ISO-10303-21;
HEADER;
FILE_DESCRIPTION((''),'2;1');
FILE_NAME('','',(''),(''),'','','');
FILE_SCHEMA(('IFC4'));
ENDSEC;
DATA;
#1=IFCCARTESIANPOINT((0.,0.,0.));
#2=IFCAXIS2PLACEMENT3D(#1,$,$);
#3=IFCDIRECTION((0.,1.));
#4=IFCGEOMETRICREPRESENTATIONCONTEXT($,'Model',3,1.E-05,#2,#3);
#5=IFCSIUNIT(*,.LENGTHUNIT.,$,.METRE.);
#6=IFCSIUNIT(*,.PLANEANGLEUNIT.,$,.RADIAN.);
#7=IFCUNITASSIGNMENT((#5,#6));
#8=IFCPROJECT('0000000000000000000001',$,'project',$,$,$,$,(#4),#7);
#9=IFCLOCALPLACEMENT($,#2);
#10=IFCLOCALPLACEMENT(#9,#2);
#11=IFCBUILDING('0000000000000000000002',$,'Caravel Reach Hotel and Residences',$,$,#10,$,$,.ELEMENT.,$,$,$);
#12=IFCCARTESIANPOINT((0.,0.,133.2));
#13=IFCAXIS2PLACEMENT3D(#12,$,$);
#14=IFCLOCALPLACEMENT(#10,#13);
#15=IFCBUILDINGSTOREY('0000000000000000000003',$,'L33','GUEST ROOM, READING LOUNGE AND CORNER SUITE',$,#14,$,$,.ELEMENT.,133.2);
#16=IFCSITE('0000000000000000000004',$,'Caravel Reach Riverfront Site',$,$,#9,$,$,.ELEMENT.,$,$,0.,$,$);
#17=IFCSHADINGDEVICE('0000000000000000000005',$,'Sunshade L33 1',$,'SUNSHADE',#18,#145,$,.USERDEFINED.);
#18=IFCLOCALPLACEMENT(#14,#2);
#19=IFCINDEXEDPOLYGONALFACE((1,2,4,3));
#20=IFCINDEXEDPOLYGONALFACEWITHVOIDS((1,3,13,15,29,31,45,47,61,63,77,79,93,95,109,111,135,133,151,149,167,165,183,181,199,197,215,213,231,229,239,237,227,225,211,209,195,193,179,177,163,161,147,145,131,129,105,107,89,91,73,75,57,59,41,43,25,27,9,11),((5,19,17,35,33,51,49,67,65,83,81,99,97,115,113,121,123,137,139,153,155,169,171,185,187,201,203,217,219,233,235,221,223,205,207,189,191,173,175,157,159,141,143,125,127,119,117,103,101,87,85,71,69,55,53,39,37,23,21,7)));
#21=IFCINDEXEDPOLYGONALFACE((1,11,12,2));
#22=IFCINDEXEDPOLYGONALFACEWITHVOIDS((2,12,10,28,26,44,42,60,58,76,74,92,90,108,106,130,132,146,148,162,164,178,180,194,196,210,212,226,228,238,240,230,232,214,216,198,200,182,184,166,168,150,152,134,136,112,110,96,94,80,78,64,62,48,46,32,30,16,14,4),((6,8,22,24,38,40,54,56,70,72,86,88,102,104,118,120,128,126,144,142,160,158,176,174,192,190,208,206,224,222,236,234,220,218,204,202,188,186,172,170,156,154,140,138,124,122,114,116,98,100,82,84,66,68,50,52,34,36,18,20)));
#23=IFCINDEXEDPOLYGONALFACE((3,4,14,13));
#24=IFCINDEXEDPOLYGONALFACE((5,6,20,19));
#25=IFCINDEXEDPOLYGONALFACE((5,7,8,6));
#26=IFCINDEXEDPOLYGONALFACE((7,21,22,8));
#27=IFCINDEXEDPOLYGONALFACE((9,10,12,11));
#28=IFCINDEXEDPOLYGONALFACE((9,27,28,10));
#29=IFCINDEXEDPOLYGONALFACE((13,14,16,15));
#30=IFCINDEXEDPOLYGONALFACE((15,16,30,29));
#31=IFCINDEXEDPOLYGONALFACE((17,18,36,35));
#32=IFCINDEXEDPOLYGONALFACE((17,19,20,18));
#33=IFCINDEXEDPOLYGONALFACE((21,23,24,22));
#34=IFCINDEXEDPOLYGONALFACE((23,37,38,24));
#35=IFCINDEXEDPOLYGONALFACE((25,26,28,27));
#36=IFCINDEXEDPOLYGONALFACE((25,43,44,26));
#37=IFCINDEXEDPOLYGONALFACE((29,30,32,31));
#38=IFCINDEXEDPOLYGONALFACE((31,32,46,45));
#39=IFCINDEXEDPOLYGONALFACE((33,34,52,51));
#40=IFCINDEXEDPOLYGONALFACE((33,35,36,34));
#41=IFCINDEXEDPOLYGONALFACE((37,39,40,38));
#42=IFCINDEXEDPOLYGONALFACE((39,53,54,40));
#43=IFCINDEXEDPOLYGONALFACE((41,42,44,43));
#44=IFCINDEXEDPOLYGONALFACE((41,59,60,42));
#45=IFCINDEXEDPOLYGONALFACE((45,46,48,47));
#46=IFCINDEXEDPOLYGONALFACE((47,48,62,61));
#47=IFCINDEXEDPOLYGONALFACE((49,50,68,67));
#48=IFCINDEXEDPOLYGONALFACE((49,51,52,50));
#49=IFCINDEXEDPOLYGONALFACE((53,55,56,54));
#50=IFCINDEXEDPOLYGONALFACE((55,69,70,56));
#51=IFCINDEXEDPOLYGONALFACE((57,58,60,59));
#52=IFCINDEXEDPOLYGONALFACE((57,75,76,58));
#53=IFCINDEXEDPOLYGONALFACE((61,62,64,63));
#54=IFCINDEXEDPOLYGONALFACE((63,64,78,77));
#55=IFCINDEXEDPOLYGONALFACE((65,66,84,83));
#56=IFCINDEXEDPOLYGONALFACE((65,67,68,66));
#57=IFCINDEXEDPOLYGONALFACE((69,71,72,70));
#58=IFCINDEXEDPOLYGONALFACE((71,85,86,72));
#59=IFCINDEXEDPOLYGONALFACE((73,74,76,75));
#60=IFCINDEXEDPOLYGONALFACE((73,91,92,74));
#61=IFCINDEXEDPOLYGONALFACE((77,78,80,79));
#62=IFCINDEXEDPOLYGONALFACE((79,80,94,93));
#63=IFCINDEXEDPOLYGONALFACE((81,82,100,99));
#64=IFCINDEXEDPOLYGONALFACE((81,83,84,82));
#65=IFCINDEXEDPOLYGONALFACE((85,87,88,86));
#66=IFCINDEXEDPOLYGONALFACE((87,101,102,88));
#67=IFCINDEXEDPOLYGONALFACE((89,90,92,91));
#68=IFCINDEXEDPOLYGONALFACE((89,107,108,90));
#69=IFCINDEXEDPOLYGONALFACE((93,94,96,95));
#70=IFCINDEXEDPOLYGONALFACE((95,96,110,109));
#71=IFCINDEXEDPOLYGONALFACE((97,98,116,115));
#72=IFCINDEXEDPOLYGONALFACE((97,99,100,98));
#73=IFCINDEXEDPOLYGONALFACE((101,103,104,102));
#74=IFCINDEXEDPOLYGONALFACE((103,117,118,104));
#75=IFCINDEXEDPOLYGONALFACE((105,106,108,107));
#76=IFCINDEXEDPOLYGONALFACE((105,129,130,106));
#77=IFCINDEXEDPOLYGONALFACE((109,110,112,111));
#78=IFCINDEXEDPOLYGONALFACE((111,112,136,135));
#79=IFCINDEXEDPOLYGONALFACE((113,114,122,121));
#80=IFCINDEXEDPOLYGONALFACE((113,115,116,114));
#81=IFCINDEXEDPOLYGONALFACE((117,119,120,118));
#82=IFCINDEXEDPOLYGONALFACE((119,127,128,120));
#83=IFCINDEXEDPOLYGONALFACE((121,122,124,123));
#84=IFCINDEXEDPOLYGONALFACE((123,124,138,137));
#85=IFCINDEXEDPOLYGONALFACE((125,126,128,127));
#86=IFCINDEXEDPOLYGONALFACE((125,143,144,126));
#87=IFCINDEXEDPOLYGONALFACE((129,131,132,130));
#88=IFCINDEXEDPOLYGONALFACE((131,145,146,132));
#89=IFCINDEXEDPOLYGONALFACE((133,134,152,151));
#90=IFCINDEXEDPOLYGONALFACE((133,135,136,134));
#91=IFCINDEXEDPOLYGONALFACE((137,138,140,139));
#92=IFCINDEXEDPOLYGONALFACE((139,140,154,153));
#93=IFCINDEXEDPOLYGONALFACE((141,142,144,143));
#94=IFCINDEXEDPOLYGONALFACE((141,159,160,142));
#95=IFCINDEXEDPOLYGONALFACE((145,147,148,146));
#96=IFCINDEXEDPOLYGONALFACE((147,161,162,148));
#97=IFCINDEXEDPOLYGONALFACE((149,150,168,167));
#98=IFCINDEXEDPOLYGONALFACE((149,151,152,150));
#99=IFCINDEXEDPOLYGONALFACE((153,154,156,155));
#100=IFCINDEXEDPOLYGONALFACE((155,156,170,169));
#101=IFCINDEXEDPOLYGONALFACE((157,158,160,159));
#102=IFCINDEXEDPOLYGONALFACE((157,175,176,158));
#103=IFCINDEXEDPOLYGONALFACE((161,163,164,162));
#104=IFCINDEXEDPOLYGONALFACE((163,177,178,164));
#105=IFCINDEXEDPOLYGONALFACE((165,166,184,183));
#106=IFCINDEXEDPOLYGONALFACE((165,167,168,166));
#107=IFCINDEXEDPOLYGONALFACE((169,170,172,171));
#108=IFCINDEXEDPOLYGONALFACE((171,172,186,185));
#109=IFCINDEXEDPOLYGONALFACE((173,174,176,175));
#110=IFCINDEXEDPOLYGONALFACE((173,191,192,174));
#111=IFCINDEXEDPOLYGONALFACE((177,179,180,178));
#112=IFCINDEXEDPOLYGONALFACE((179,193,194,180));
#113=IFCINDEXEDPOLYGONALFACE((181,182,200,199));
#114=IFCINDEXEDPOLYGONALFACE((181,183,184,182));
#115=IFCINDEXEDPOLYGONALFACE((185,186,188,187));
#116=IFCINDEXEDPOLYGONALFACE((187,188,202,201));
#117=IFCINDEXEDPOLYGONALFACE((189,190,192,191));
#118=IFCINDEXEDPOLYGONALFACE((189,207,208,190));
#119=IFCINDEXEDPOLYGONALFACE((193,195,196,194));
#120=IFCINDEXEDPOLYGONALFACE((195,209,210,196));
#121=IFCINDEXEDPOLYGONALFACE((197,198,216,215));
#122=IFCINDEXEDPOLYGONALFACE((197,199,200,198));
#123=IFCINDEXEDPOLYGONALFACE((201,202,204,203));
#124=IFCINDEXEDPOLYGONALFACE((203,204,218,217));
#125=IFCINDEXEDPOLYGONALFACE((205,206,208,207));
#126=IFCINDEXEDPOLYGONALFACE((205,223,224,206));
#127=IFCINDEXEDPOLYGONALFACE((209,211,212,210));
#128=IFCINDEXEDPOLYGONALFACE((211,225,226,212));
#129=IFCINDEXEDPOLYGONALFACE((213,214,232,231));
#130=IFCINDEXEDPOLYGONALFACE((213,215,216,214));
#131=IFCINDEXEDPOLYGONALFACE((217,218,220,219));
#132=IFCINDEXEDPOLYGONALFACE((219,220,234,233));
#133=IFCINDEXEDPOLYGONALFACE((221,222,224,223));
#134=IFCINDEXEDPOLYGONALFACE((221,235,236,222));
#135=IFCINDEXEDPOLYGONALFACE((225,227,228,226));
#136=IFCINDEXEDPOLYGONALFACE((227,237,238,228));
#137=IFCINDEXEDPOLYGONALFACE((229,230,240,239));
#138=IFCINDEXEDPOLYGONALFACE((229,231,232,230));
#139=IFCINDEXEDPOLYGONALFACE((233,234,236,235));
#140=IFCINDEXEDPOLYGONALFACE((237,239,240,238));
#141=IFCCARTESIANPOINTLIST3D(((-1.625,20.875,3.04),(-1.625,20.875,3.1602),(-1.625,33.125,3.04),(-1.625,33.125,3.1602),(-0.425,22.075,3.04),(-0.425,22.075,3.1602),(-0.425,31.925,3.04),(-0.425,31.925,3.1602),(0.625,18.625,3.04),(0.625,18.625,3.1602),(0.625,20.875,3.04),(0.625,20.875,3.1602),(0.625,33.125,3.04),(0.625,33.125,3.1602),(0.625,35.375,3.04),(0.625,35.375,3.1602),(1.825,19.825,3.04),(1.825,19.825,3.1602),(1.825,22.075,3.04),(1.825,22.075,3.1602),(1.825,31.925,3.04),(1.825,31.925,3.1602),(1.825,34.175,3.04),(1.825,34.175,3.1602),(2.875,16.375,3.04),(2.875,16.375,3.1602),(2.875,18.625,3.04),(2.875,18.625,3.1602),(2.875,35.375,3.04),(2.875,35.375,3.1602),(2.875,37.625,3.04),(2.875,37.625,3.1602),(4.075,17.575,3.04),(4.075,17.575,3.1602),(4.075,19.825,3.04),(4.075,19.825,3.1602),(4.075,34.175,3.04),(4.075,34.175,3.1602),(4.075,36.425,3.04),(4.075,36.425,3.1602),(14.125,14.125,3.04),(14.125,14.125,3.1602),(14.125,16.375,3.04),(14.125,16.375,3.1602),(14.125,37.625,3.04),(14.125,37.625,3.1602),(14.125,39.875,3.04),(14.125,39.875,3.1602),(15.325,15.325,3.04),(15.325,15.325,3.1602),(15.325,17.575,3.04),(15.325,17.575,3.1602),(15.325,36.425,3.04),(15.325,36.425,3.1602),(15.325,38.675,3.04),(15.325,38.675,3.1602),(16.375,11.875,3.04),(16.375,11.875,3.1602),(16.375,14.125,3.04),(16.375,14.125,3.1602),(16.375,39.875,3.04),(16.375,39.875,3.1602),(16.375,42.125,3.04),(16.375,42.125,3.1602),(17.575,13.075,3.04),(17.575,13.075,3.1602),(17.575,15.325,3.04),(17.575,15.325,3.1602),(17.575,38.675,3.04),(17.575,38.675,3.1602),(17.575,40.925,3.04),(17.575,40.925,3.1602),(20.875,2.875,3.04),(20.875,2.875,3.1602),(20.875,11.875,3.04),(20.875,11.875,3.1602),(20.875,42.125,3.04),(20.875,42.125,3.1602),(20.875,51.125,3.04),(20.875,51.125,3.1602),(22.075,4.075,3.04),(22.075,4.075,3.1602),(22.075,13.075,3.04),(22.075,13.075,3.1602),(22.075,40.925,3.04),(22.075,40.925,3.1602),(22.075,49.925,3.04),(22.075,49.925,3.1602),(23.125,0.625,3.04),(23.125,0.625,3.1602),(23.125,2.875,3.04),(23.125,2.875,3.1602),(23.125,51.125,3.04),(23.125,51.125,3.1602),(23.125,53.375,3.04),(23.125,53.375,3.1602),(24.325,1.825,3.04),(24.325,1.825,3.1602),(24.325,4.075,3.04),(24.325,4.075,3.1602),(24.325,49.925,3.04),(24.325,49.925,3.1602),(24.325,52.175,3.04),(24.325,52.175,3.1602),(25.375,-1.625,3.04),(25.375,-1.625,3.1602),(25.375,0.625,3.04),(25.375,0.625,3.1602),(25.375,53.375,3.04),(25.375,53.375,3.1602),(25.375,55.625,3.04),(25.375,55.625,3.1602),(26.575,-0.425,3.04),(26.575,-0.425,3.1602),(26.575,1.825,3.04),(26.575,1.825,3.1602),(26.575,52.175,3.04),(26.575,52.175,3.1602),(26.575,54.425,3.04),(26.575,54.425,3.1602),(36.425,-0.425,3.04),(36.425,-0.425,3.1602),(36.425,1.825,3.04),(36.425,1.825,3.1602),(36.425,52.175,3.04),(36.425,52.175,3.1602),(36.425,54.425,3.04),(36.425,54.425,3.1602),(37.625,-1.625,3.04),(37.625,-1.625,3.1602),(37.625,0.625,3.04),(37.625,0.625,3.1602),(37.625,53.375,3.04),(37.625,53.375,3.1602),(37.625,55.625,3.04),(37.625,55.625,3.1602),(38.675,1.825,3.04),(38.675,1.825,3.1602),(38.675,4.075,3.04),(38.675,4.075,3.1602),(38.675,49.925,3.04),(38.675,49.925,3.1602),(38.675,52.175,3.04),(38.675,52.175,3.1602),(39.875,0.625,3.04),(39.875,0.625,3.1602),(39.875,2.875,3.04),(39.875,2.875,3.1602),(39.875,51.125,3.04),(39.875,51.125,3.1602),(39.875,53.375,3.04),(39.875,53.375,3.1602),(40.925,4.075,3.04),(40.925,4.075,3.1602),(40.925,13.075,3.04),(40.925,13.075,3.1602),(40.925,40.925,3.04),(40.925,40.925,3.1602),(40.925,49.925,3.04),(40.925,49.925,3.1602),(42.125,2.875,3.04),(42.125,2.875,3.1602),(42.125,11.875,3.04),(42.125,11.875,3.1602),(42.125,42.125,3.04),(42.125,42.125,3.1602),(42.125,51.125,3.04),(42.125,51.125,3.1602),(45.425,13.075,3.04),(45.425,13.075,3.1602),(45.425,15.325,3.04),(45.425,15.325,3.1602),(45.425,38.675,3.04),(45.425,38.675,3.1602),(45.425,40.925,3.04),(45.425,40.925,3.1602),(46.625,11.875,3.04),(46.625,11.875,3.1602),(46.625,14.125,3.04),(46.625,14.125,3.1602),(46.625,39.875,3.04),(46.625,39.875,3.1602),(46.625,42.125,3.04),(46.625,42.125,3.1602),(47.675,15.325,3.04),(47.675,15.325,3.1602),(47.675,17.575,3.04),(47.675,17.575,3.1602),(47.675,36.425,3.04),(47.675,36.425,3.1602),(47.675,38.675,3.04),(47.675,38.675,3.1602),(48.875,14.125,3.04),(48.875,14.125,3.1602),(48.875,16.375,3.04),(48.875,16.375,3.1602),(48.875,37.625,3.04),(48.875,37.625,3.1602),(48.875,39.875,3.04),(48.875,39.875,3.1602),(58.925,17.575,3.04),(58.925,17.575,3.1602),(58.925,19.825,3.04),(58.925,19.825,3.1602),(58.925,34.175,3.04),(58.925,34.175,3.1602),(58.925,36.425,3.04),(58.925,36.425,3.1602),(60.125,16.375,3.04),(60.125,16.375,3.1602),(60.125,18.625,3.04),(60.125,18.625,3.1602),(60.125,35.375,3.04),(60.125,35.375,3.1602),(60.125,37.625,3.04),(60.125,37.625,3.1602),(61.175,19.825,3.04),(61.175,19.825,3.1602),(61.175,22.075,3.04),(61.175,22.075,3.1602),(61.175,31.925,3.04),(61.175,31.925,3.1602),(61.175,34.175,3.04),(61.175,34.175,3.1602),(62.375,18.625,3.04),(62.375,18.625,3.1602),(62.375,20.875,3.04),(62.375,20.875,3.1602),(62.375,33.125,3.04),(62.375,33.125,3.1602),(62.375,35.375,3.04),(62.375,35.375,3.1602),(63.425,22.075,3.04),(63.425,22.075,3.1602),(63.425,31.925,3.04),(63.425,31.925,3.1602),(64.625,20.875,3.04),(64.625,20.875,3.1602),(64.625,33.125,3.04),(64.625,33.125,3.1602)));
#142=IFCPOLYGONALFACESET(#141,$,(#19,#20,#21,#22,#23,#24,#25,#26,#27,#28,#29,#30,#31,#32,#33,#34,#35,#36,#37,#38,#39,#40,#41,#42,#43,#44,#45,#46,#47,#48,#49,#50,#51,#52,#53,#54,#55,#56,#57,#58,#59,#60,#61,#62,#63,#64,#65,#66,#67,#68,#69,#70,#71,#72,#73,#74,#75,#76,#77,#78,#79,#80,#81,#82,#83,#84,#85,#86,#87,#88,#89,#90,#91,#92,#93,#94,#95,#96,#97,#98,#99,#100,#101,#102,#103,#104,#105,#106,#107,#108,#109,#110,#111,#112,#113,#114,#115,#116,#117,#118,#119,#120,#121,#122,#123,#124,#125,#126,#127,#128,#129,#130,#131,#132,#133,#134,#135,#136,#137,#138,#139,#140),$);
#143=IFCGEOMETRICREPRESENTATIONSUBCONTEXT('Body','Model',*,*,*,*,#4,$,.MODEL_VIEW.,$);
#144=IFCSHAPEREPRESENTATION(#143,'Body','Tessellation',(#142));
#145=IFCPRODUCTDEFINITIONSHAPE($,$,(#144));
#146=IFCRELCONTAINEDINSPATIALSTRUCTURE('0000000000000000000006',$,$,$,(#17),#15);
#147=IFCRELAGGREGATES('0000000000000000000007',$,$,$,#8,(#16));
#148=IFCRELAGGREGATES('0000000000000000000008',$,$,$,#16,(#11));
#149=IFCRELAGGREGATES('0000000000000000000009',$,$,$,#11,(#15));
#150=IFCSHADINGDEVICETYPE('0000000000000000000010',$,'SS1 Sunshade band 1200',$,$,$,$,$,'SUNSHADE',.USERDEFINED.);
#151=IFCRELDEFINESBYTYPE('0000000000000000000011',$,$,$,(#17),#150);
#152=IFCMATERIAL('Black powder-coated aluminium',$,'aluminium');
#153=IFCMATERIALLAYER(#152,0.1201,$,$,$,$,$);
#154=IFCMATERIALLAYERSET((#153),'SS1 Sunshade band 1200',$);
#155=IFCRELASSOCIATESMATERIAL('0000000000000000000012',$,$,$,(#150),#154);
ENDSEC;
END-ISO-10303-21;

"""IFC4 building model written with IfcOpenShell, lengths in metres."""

from ifc_helpers import new_model, si_unit, direction, frame, origin, place, context, subcontext, project, spatial, polyline, outline, extrude, material, layer, layer_set, type_object, element, save


model = new_model("IFC4")

# Units and contexts
model_context = context("Model", 3, precision=1e-05, world=origin(), true_north=direction((0.0, 1.0)))
body_context = subcontext(model_context, "Body", "Model", "MODEL_VIEW")
ifc_project = project(units=[si_unit("LENGTHUNIT", "METRE"), si_unit("PLANEANGLEUNIT", "RADIAN")], contexts=[model_context])

# Site, building, storey
site_placement = place(None, origin())
site = spatial("IfcSite", under=ifc_project, at=site_placement, Name="Caravel Reach Riverfront Site", CompositionType="ELEMENT", RefElevation=0.0)
building_placement = place(site_placement, origin())
building = spatial("IfcBuilding", under=site, at=building_placement, Name="Caravel Reach Hotel and Residences", CompositionType="ELEMENT")
storey_placement = place(building_placement, frame((0.0, 0.0, 133.2)))
storey = spatial("IfcBuildingStorey", under=building, at=storey_placement, Name="L33", Description="GUEST ROOM, READING LOUNGE AND CORNER SUITE", CompositionType="ELEMENT", Elevation=133.2)

# Shading device
ifc_material_1 = material(Name="Black powder-coated aluminium", Category="aluminium")
ifc_layer_1 = layer(ifc_material_1, 0.1201)
ifc_layer_set_1 = layer_set([ifc_layer_1], Name="SS1 Sunshade band 1200")
shading_device_type = type_object("IfcShadingDeviceType", Name="SS1 Sunshade band 1200", ElementType="SUNSHADE", PredefinedType="USERDEFINED", material=ifc_layer_set_1)
shading_device_placement = place(storey_placement, frame((0.0, 0.0, 3.04)))
element("IfcShadingDevice", 1, at=shading_device_placement, inside=storey, type_object=shading_device_type, Name="Sunshade L33 1", ObjectType="SUNSHADE", PredefinedType="USERDEFINED", context=body_context, shape_type="SweptSolid", body=[
    extrude(outline(polyline([(20.875, 11.875), (20.875, 2.875), (23.125, 2.875), (23.125, 0.625), (25.375, 0.625), (25.375, -1.625), (37.625, -1.625), (37.625, 0.625), (39.875, 0.625), (39.875, 2.875), (42.125, 2.875), (42.125, 11.875), (46.625, 11.875), (46.625, 14.125), (48.875, 14.125), (48.875, 16.375), (60.125, 16.375), (60.125, 18.625), (62.375, 18.625), (62.375, 20.875), (64.625, 20.875), (64.625, 33.125), (62.375, 33.125), (62.375, 35.375), (60.125, 35.375), (60.125, 37.625), (48.875, 37.625), (48.875, 39.875), (46.625, 39.875), (46.625, 42.125), (42.125, 42.125), (42.125, 51.125), (39.875, 51.125), (39.875, 53.375), (37.625, 53.375), (37.625, 55.625), (25.375, 55.625), (25.375, 53.375), (23.125, 53.375), (23.125, 51.125), (20.875, 51.125), (20.875, 42.125), (16.375, 42.125), (16.375, 39.875), (14.125, 39.875), (14.125, 37.625), (2.875, 37.625), (2.875, 35.375), (0.625, 35.375), (0.625, 33.125), (-1.625, 33.125), (-1.625, 20.875), (0.625, 20.875), (0.625, 18.625), (2.875, 18.625), (2.875, 16.375), (14.125, 16.375), (14.125, 14.125), (16.375, 14.125), (16.375, 11.875), (20.875, 11.875)]), holes=[polyline([(24.325, 4.075), (22.075, 4.075), (22.075, 13.075), (17.575, 13.075), (17.575, 15.325), (15.325, 15.325), (15.325, 17.575), (4.075, 17.575), (4.075, 19.825), (1.825, 19.825), (1.825, 22.075), (-0.425, 22.075), (-0.425, 31.925), (1.825, 31.925), (1.825, 34.175), (4.075, 34.175), (4.075, 36.425), (15.325, 36.425), (15.325, 38.675), (17.575, 38.675), (17.575, 40.925), (22.075, 40.925), (22.075, 49.925), (24.325, 49.925), (24.325, 52.175), (26.575, 52.175), (26.575, 54.425), (36.425, 54.425), (36.425, 52.175), (38.675, 52.175), (38.675, 49.925), (40.925, 49.925), (40.925, 40.925), (45.425, 40.925), (45.425, 38.675), (47.675, 38.675), (47.675, 36.425), (58.925, 36.425), (58.925, 34.175), (61.175, 34.175), (61.175, 31.925), (63.425, 31.925), (63.425, 22.075), (61.175, 22.075), (61.175, 19.825), (58.925, 19.825), (58.925, 17.575), (47.675, 17.575), (47.675, 15.325), (45.425, 15.325), (45.425, 13.075), (40.925, 13.075), (40.925, 4.075), (38.675, 4.075), (38.675, 1.825), (36.425, 1.825), (36.425, -0.425), (26.575, -0.425), (26.575, 1.825), (24.325, 1.825), (24.325, 4.075)])]), origin(), (0.0, 0.0, 1.0), 0.1201),
])

save(model, "model.ifc")
